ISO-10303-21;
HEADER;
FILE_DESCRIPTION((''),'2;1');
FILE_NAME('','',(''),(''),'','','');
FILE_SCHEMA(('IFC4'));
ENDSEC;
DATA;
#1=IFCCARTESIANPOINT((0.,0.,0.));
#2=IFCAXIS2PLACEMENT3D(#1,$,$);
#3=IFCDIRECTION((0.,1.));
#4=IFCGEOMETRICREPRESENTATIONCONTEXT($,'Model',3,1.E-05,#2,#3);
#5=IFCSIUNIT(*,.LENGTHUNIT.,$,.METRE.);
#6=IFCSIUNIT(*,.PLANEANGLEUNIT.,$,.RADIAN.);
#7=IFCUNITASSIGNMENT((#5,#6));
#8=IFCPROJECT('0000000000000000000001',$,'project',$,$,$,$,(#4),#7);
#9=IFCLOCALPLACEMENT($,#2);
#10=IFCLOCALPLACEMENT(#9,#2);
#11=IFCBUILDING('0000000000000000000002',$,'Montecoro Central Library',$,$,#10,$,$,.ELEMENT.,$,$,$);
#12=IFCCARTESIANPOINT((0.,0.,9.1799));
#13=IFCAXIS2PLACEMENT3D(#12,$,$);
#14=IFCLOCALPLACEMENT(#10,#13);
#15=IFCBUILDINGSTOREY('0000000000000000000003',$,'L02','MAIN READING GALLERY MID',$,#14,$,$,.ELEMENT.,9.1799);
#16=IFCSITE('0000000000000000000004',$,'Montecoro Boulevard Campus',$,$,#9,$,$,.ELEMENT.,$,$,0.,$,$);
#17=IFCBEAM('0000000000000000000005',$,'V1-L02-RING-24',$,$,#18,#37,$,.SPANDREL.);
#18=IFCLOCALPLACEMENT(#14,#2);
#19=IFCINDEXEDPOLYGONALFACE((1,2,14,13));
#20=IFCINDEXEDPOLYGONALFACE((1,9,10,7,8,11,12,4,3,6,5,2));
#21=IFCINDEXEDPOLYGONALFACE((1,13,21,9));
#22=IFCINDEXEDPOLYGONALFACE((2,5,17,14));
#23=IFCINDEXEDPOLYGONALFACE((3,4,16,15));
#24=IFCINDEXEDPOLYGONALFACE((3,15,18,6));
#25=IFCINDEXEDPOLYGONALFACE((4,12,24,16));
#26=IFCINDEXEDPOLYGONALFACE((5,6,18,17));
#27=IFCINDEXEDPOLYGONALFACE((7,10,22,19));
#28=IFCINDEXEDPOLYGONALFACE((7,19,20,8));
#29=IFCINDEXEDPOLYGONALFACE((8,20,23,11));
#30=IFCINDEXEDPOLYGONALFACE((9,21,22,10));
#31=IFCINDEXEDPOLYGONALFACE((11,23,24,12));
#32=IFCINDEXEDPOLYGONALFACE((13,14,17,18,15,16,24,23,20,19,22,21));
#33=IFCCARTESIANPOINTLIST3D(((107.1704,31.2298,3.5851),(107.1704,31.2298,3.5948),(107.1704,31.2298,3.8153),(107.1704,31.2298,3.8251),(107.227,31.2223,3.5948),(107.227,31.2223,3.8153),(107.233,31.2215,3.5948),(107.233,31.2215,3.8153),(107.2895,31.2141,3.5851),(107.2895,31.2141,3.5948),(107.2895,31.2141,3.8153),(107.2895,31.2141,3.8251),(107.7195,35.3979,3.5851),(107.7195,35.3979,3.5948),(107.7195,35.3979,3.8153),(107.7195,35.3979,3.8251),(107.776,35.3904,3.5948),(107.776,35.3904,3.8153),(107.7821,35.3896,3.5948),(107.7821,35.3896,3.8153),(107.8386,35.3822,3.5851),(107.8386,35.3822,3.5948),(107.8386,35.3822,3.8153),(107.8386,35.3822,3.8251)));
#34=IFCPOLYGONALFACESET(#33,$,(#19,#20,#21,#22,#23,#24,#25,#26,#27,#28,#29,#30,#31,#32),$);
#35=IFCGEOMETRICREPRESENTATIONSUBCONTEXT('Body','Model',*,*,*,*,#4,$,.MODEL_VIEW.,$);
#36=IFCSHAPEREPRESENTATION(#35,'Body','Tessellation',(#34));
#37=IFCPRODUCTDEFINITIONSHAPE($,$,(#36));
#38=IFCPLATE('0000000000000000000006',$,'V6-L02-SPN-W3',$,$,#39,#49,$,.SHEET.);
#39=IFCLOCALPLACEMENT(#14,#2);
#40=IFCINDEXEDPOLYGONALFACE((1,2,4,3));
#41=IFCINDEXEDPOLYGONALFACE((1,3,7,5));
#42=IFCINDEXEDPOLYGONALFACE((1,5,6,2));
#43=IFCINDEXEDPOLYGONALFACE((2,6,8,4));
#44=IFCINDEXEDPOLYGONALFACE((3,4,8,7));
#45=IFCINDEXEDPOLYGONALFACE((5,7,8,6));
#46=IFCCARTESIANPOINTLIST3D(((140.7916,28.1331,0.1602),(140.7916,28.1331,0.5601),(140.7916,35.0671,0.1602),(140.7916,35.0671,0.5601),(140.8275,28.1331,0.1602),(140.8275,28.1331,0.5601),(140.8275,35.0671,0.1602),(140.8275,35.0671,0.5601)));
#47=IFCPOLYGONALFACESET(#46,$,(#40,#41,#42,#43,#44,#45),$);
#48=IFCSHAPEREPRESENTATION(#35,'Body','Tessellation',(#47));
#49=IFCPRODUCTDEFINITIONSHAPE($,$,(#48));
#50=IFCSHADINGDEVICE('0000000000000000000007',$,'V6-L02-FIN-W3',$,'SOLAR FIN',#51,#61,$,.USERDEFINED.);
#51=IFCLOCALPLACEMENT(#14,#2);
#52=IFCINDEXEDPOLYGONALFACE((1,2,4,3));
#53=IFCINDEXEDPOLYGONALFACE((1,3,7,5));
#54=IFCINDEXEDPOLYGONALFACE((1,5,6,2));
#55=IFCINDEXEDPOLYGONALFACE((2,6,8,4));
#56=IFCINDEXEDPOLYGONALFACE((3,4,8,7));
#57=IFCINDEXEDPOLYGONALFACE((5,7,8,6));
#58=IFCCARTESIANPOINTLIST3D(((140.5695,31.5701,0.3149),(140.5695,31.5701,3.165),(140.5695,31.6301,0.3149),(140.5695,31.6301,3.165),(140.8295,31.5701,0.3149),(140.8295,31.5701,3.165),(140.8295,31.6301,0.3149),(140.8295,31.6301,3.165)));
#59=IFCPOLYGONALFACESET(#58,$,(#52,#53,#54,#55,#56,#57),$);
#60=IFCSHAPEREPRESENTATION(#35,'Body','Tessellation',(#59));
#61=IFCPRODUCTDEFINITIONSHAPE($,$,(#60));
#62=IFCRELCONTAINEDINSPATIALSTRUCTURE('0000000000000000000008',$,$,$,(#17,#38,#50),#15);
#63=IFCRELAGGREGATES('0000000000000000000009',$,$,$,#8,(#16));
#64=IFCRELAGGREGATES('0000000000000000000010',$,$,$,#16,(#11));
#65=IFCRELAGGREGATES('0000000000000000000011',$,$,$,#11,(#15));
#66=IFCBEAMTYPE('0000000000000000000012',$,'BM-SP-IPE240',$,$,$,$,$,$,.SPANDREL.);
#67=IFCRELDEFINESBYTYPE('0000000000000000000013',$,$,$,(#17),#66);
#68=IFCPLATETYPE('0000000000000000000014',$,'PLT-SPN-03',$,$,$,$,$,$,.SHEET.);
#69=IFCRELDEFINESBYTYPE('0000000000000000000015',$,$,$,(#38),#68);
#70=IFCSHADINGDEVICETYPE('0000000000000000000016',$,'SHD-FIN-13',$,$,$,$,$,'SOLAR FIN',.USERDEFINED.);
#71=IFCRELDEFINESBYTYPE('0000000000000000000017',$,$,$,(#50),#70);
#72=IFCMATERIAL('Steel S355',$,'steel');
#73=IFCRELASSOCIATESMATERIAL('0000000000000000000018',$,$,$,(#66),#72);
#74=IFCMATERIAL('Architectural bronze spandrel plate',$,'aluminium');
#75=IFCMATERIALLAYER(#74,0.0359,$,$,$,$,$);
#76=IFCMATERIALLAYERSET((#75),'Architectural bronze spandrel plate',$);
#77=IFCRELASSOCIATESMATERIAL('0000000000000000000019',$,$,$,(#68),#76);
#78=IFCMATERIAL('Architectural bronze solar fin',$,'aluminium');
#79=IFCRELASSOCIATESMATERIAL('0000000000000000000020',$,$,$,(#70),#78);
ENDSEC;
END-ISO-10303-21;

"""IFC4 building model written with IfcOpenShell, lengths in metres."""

from ifc_helpers import new_model, si_unit, direction, frame, origin, origin_2d, place, context, subcontext, project, spatial, rectangle, i_section, extrude, material, layer, layer_set, material_profile, profile_set, type_object, element, save


model = new_model("IFC4")

# Units and contexts
model_context = context("Model", 3, precision=1e-05, world=origin(), true_north=direction((0.0, 1.0)))
body_context = subcontext(model_context, "Body", "Model", "MODEL_VIEW")
ifc_project = project(units=[si_unit("LENGTHUNIT", "METRE"), si_unit("PLANEANGLEUNIT", "RADIAN")], contexts=[model_context])

# Site, building, storey
site_placement = place(None, origin())
site = spatial("IfcSite", under=ifc_project, at=site_placement, Name="Montecoro Boulevard Campus", CompositionType="ELEMENT", RefElevation=0.0)
building_placement = place(site_placement, origin())
building = spatial("IfcBuilding", under=site, at=building_placement, Name="Montecoro Central Library", CompositionType="ELEMENT")
storey_placement = place(building_placement, frame((0.0, 0.0, 9.1799)))
storey = spatial("IfcBuildingStorey", under=building, at=storey_placement, Name="L02", Description="MAIN READING GALLERY MID", CompositionType="ELEMENT", Elevation=9.1799)

# Shared definitions
ifc_material_1 = material(Name="Steel S355", Category="steel")

# Beam
ifc_material_profile_1 = material_profile(ifc_material_1, i_section(OverallWidth=0.1201, OverallDepth=0.24, WebThickness=0.0061, FlangeThickness=0.0098, at=origin_2d()), Name="IPE 240")
ifc_profile_set_1 = profile_set([ifc_material_profile_1], Name="Steel S355")
beam_type = type_object("IfcBeamType", Name="BM-SP-IPE240", PredefinedType="SPANDREL", material=ifc_profile_set_1)
for number, where, z_axis, x_axis, name in (
    (1, (107.23, 31.2219, 3.7051), (0.130608, 0.991434, 0.0), (-0.991434, 0.130608, 0.0), "V1-L02-RING-24"),
):
    element("IfcBeam", number, at=place(storey_placement, frame(where, z_axis=z_axis, x_axis=x_axis)), inside=storey, type_object=beam_type, Name=name, PredefinedType="SPANDREL", context=body_context, shape_type="SweptSolid", body=[
        extrude(i_section(OverallWidth=0.1201, OverallDepth=0.24, WebThickness=0.0061, FlangeThickness=0.0098, at=origin_2d()), origin(), (0.0, 0.0, 1.0), 4.2041),
    ])

# Plate
ifc_material_2 = material(Name="Architectural bronze spandrel plate", Category="aluminium")
ifc_layer_1 = layer(ifc_material_2, 0.0359)
ifc_layer_set_1 = layer_set([ifc_layer_1], Name="Architectural bronze spandrel plate")
plate_type = type_object("IfcPlateType", Name="PLT-SPN-03", PredefinedType="SHEET", material=ifc_layer_set_1)
plate_placement = place(storey_placement, frame((140.8096, 31.6001, 0.1602), z_axis=(0.0, 0.0, 1.0), x_axis=(0.0, -1.0, 0.0)))
element("IfcPlate", 2, at=plate_placement, inside=storey, type_object=plate_type, Name="V6-L02-SPN-W3", PredefinedType="SHEET", context=body_context, shape_type="SweptSolid", body=[
    extrude(rectangle(XDim=6.9341, YDim=0.0359, at=origin_2d()), origin(), (0.0, 0.0, 1.0), 0.3999),
])

# Shading device
ifc_material_3 = material(Name="Architectural bronze solar fin", Category="aluminium")
shading_device_type = type_object("IfcShadingDeviceType", Name="SHD-FIN-13", ElementType="SOLAR FIN", PredefinedType="USERDEFINED", material=ifc_material_3)
shading_device_placement = place(storey_placement, frame((140.6995, 31.6001, 0.3149), z_axis=(0.0, 0.0, 1.0), x_axis=(0.0, -1.0, 0.0)))
element("IfcShadingDevice", 3, at=shading_device_placement, inside=storey, type_object=shading_device_type, Name="V6-L02-FIN-W3", ObjectType="SOLAR FIN", PredefinedType="USERDEFINED", context=body_context, shape_type="SweptSolid", body=[
    extrude(rectangle(XDim=0.0601, YDim=0.26, at=origin_2d()), origin(), (0.0, 0.0, 1.0), 2.8501),
])

save(model, "model.ifc")
